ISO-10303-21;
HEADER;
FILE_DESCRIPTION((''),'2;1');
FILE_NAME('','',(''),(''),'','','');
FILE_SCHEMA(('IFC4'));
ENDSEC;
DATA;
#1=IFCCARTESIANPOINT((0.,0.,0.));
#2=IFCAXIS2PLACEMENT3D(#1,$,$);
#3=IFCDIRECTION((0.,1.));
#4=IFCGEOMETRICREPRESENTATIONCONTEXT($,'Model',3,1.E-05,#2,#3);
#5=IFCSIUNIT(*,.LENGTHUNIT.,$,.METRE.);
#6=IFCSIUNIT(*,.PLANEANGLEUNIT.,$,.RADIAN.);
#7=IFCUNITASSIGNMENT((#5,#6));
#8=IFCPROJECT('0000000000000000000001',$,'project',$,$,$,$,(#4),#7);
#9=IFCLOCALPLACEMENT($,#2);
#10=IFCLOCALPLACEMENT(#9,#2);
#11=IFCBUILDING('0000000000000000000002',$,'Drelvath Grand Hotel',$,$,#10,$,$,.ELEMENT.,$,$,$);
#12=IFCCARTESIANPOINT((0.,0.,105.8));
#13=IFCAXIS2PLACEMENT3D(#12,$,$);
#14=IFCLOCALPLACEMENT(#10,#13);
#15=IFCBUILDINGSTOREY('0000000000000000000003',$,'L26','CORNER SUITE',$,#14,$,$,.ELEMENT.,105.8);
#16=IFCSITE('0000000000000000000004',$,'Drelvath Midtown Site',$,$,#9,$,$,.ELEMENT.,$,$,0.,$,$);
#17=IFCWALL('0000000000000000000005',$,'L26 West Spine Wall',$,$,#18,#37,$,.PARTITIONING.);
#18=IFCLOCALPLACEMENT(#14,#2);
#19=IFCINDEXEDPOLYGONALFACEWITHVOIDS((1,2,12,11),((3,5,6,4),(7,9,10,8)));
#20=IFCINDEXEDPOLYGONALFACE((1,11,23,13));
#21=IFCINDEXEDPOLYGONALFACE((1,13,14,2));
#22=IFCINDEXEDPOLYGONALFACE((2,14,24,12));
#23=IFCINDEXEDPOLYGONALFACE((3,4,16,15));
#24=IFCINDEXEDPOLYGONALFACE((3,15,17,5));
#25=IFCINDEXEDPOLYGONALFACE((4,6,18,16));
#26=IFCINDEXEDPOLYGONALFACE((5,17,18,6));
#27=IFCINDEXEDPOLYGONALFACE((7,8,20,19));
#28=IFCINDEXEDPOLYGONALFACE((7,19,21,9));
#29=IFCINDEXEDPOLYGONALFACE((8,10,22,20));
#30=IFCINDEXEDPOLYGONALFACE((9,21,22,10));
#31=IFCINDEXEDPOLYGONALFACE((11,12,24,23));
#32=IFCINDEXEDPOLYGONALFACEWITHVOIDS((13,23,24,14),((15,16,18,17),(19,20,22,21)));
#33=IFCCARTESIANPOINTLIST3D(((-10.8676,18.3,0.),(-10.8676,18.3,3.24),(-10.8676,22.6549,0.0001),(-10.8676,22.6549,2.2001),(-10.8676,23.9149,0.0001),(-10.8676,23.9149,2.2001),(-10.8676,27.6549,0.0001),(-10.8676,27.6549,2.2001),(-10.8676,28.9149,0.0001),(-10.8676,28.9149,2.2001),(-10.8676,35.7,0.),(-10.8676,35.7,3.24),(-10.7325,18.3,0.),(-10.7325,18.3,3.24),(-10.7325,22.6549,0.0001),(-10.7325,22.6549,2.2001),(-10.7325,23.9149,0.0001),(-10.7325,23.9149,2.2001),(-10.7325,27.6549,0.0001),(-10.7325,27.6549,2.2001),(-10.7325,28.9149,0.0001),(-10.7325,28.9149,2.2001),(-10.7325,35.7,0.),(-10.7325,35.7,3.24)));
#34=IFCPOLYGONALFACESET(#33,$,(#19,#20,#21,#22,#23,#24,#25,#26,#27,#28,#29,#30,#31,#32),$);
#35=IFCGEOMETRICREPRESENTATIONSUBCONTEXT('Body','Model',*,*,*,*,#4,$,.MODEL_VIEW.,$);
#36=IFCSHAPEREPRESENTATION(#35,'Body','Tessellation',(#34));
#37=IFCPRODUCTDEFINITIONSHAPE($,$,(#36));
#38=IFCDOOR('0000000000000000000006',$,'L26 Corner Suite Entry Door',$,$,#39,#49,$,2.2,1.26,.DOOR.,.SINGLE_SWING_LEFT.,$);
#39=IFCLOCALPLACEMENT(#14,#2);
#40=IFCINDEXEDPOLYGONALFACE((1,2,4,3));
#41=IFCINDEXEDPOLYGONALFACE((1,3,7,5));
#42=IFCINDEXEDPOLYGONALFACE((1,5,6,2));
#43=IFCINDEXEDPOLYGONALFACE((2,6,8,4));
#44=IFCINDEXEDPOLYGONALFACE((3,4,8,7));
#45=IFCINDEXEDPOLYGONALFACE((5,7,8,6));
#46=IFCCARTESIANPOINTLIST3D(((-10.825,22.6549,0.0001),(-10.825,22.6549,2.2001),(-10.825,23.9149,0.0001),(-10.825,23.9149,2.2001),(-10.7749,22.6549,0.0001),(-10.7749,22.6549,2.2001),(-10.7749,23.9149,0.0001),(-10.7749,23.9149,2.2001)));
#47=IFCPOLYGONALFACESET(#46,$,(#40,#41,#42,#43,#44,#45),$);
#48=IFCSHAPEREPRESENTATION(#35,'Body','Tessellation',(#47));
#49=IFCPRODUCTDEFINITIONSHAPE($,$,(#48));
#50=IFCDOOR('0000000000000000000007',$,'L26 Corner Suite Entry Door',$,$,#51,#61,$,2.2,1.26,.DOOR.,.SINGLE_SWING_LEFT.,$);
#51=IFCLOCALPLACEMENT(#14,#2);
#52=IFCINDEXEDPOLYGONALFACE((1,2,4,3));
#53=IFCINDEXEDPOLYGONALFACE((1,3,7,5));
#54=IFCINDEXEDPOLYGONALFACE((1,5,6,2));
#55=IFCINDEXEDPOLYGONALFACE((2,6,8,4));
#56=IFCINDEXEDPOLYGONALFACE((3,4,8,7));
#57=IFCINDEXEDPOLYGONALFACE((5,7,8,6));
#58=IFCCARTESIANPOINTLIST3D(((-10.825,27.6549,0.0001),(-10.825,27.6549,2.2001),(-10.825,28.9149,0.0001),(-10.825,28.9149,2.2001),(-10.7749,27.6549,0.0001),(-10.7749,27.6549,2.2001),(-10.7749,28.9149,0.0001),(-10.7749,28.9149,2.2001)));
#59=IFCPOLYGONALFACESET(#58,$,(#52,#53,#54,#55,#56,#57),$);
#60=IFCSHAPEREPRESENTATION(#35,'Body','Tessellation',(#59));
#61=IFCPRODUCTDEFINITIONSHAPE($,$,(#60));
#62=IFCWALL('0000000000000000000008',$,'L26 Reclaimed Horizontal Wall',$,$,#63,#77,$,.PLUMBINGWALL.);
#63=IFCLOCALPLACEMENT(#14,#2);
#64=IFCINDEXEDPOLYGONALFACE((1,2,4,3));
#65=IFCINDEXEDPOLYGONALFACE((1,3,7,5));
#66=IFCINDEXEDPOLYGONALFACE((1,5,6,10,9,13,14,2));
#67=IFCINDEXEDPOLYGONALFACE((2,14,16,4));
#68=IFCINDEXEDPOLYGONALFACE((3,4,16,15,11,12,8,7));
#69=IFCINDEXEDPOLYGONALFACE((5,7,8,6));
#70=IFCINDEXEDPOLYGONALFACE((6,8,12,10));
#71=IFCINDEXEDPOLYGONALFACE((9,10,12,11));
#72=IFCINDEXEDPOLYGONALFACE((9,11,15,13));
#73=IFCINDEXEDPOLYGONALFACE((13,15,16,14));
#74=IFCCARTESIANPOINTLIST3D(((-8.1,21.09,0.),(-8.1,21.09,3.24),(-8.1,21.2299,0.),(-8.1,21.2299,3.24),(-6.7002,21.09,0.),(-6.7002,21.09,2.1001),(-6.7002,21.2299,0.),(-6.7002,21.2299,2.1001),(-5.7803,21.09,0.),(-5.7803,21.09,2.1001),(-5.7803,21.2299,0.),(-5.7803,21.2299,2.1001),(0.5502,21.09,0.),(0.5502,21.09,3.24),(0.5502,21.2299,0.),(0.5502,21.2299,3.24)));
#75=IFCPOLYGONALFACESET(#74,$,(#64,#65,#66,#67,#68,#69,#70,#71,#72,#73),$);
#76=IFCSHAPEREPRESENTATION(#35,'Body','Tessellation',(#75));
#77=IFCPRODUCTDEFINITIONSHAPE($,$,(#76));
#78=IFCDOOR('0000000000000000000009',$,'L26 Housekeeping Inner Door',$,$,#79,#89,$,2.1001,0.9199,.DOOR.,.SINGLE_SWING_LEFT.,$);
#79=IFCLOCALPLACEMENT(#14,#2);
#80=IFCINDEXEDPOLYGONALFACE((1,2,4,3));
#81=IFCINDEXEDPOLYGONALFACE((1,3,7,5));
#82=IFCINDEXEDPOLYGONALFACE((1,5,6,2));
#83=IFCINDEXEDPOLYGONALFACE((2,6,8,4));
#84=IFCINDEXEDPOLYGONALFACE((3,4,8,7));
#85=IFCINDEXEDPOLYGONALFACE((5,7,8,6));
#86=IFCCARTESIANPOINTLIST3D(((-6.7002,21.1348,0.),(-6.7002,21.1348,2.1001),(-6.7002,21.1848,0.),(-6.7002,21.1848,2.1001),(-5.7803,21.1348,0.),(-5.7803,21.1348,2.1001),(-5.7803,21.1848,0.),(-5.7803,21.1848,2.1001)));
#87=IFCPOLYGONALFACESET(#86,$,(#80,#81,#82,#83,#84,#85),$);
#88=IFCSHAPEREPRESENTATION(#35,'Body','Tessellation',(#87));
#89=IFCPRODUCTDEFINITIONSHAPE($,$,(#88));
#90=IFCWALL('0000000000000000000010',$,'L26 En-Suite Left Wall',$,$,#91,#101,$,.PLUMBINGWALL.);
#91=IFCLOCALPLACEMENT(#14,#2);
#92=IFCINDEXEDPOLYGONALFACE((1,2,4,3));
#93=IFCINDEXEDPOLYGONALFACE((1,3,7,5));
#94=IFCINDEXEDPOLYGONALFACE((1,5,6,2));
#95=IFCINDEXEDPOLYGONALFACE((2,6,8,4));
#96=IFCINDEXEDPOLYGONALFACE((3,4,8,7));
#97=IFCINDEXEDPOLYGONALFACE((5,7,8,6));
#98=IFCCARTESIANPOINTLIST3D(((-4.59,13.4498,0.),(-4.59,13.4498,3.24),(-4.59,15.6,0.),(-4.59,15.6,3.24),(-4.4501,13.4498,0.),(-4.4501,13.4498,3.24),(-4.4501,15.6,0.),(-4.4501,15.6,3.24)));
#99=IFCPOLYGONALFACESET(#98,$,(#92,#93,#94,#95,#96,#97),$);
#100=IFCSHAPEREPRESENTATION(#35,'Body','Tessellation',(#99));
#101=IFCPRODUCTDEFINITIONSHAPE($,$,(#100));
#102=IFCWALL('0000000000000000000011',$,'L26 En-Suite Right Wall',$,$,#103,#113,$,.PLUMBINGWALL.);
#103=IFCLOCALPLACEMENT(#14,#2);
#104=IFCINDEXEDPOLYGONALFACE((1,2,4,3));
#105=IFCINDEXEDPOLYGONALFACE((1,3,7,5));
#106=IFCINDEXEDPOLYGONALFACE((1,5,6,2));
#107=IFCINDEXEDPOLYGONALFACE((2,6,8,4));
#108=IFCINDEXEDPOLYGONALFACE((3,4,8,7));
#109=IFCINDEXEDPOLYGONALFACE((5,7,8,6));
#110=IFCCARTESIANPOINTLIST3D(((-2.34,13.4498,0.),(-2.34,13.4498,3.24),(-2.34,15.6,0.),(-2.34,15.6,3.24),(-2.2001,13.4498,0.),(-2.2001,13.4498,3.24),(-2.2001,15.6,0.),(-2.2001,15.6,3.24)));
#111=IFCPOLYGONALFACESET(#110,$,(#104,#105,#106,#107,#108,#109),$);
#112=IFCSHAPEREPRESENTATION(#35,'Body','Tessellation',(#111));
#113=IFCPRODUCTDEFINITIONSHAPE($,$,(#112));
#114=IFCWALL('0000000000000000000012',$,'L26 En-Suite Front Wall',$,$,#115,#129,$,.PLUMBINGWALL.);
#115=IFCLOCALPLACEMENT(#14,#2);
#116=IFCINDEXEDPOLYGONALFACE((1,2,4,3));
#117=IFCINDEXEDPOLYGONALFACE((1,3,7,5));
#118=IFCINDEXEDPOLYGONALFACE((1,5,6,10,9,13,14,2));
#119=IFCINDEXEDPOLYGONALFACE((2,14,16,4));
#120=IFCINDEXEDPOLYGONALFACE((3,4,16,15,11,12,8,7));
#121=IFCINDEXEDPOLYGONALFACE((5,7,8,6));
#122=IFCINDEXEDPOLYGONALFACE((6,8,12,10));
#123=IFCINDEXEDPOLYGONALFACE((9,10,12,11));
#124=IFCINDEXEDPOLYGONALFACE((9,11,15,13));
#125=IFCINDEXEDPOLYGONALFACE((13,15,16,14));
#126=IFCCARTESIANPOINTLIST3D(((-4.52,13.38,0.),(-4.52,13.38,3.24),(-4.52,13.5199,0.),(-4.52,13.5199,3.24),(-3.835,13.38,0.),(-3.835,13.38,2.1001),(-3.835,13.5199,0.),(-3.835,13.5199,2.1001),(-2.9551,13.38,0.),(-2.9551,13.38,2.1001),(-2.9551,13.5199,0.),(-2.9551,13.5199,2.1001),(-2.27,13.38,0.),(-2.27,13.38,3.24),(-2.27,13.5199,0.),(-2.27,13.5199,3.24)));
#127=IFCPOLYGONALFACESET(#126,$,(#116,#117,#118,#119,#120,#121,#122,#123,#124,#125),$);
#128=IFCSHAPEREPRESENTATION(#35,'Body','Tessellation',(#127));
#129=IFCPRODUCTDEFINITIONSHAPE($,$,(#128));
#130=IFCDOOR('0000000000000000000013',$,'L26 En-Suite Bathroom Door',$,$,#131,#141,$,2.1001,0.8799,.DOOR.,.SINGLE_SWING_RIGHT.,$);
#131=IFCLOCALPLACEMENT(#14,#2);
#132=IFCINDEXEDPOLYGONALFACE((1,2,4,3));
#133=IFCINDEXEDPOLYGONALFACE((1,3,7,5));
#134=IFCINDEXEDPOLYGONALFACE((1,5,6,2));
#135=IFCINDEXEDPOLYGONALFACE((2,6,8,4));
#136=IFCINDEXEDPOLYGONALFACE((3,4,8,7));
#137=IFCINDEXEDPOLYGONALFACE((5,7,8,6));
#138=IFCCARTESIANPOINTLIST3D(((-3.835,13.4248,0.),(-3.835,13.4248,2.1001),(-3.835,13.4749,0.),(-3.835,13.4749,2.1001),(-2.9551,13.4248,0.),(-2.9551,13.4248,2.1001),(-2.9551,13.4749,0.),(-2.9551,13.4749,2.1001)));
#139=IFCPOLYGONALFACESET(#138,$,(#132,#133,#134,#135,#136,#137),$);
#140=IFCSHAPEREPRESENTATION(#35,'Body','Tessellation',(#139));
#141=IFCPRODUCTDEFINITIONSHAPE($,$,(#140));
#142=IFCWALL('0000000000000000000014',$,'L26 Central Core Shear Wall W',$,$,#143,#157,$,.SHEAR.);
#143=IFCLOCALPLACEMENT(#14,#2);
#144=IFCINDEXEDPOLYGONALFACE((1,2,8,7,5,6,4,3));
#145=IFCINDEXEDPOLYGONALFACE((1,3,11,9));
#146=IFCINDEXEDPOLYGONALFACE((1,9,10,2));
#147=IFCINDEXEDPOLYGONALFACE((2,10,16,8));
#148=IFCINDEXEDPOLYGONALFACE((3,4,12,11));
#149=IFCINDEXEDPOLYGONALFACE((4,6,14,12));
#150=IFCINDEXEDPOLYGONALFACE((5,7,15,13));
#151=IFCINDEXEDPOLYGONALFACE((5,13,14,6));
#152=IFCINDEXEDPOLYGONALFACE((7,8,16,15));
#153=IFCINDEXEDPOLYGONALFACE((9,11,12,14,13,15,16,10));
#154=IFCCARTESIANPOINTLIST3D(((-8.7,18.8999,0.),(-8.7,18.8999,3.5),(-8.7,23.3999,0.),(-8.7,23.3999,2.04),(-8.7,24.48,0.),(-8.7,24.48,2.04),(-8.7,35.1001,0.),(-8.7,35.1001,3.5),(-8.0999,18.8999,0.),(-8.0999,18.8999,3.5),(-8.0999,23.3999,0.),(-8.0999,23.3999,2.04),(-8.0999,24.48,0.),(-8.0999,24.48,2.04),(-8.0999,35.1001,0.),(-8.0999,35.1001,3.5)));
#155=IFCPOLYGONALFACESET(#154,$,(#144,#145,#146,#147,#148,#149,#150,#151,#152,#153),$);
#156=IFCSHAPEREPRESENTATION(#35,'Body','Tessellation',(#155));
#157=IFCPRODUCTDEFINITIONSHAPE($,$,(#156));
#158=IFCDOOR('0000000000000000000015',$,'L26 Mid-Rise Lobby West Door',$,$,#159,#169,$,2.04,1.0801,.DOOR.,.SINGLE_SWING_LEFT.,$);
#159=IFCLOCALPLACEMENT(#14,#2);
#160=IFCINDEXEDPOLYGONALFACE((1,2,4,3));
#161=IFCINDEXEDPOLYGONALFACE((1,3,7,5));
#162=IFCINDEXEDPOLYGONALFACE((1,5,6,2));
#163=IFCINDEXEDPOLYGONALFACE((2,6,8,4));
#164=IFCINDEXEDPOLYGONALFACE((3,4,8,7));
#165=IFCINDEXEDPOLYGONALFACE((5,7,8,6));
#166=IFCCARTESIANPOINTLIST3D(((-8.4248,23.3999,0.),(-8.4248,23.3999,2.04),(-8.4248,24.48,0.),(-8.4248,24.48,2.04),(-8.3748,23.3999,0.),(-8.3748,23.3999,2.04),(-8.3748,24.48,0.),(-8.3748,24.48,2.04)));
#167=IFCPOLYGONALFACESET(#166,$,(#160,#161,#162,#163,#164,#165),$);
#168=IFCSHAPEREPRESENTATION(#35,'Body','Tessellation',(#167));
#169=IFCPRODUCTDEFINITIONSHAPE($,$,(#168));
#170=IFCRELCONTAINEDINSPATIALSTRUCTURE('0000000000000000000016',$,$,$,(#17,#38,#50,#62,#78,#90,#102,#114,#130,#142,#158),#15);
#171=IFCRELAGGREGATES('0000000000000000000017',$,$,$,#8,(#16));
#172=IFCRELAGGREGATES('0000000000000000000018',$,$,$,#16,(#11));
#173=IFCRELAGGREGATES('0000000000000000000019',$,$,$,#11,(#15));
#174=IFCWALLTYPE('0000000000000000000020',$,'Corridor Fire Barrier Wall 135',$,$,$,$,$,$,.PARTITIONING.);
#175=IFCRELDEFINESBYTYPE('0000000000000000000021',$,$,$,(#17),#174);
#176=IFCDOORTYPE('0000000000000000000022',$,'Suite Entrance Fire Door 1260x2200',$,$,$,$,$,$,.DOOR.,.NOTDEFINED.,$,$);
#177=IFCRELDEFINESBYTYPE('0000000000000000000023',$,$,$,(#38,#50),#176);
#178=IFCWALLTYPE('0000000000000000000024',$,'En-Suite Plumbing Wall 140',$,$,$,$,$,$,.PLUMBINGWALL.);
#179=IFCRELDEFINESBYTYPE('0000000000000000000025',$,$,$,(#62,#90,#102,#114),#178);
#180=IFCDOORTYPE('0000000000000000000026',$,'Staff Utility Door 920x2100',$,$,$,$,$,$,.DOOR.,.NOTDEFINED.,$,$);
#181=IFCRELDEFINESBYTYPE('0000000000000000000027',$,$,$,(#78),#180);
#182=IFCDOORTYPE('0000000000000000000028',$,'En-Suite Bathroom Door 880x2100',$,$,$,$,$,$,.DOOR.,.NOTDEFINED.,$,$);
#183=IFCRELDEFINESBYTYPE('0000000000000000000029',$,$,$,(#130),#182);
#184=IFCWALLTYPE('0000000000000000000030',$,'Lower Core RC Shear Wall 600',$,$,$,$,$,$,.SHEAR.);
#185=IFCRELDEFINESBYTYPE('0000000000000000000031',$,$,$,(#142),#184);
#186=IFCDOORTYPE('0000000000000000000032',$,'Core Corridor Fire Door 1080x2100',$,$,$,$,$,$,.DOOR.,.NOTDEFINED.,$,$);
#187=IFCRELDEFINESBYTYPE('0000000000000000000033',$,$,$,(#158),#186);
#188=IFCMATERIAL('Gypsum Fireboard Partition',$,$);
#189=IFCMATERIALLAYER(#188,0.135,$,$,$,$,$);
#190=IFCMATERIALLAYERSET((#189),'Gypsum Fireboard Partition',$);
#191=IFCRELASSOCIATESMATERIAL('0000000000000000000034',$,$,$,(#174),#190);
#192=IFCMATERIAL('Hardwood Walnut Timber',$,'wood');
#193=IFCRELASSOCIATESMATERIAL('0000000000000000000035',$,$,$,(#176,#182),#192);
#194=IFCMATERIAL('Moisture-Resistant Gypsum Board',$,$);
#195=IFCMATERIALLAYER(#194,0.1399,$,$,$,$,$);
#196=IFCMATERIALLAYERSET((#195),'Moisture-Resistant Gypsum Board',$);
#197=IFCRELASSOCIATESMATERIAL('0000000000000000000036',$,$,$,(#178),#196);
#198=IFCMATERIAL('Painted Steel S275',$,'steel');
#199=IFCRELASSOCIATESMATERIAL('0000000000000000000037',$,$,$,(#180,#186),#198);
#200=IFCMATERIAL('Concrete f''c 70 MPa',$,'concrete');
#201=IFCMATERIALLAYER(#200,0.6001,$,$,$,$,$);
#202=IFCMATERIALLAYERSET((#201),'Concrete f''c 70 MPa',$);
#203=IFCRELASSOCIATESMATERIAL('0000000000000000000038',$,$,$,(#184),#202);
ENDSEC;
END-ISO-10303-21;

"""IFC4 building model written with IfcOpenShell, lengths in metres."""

from ifc_helpers import new_model, si_unit, direction, frame, frame_2d, origin, place, context, subcontext, project, spatial, rectangle, extrude, material, layer, layer_set, type_object, element, fill, save


model = new_model("IFC4")

# Units and contexts
model_context = context("Model", 3, precision=1e-05, world=origin(), true_north=direction((0.0, 1.0)))
body_context = subcontext(model_context, "Body", "Model", "MODEL_VIEW")
ifc_project = project(units=[si_unit("LENGTHUNIT", "METRE"), si_unit("PLANEANGLEUNIT", "RADIAN")], contexts=[model_context])

# Site, building, storey
site_placement = place(None, origin())
site = spatial("IfcSite", under=ifc_project, at=site_placement, Name="Drelvath Midtown Site", CompositionType="ELEMENT", RefElevation=0.0)
building_placement = place(site_placement, origin())
building = spatial("IfcBuilding", under=site, at=building_placement, Name="Drelvath Grand Hotel", CompositionType="ELEMENT")
storey_placement = place(building_placement, frame((0.0, 0.0, 105.8)))
storey = spatial("IfcBuildingStorey", under=building, at=storey_placement, Name="L26", Description="CORNER SUITE", CompositionType="ELEMENT", Elevation=105.8)

# Shared definitions
ifc_material_1 = material(Name="Gypsum Fireboard Partition")
ifc_layer_1 = layer(ifc_material_1, 0.135)
ifc_layer_set_1 = layer_set([ifc_layer_1], Name="Gypsum Fireboard Partition")
wall_type_1 = type_object("IfcWallType", Name="Corridor Fire Barrier Wall 135", PredefinedType="PARTITIONING", material=ifc_layer_set_1)

# Wall, openings, doors
ifc_material_2 = material(Name="Hardwood Walnut Timber", Category="wood")
door_type_1 = type_object("IfcDoorType", Name="Suite Entrance Fire Door 1260x2200", OperationType="NOTDEFINED", PredefinedType="DOOR", material=ifc_material_2)
wall_1_placement = place(storey_placement, frame((-10.8, 18.3, 0.0), z_axis=(0.0, 0.0, 1.0), x_axis=(0.0, 1.0, 0.0)))
wall_1 = element("IfcWall", 1, at=wall_1_placement, inside=storey, type_object=wall_type_1, Name="L26 West Spine Wall", PredefinedType="PARTITIONING", context=body_context, shape_type="SweptSolid", body=[
    extrude(rectangle(XDim=17.3999, YDim=0.135, at=frame_2d((8.7, 0.0))), origin(), (0.0, 0.0, 1.0), 3.24),
])
opening_1_placement = place(wall_1_placement, frame((4.355, 0.0, 0.0)))
opening_1 = element("IfcOpeningElement", 2, at=opening_1_placement, cuts=wall_1, PredefinedType="OPENING", context=body_context, shape_type="SweptSolid", body=[
    extrude(rectangle(XDim=1.26, YDim=2.2, at=frame_2d((0.6299, 1.1001))), frame((0.0, 0.0774, 0.0), z_axis=(0.0, -1.0, 0.0), x_axis=(1.0, 0.0, 0.0)), (0.0, 0.0, 1.0), 0.155),
])
opening_2_placement = place(wall_1_placement, frame((9.355, 0.0, 0.0)))
opening_2 = element("IfcOpeningElement", 3, at=opening_2_placement, cuts=wall_1, PredefinedType="OPENING", context=body_context, shape_type="SweptSolid", body=[
    extrude(rectangle(XDim=1.26, YDim=2.2, at=frame_2d((0.6299, 1.1001))), frame((0.0, 0.0774, 0.0), z_axis=(0.0, -1.0, 0.0), x_axis=(1.0, 0.0, 0.0)), (0.0, 0.0, 1.0), 0.155),
])
door_1_placement = place(opening_1_placement, origin())
door_1 = element("IfcDoor", 4, at=door_1_placement, inside=storey, type_object=door_type_1, Name="L26 Corner Suite Entry Door", OperationType="SINGLE_SWING_LEFT", OverallHeight=2.2, OverallWidth=1.26, PredefinedType="DOOR", context=body_context, shape_type="SweptSolid", body=[
    extrude(rectangle(XDim=1.26, YDim=2.2, at=frame_2d((0.6299, 1.1001))), frame((0.0, 0.0249, 0.0), z_axis=(0.0, -1.0, 0.0), x_axis=(1.0, 0.0, 0.0)), (0.0, 0.0, 1.0), 0.05),
])
fill(opening_1, door_1)
door_2_placement = place(opening_2_placement, origin())
door_2 = element("IfcDoor", 5, at=door_2_placement, inside=storey, type_object=door_type_1, Name="L26 Corner Suite Entry Door", OperationType="SINGLE_SWING_LEFT", OverallHeight=2.2, OverallWidth=1.26, PredefinedType="DOOR", context=body_context, shape_type="SweptSolid", body=[
    extrude(rectangle(XDim=1.26, YDim=2.2, at=frame_2d((0.6299, 1.1001))), frame((0.0, 0.0249, 0.0), z_axis=(0.0, -1.0, 0.0), x_axis=(1.0, 0.0, 0.0)), (0.0, 0.0, 1.0), 0.05),
])
fill(opening_2, door_2)

# Wall, opening, door
ifc_material_3 = material(Name="Moisture-Resistant Gypsum Board")
ifc_layer_2 = layer(ifc_material_3, 0.1399)
ifc_layer_set_2 = layer_set([ifc_layer_2], Name="Moisture-Resistant Gypsum Board")
wall_type_2 = type_object("IfcWallType", Name="En-Suite Plumbing Wall 140", PredefinedType="PLUMBINGWALL", material=ifc_layer_set_2)
wall_2_placement = place(storey_placement, frame((-8.1001, 21.1599, 0.0), z_axis=(0.0, 0.0, 1.0), x_axis=(1.0, 0.0, 0.0)))
wall_2 = element("IfcWall", 6, at=wall_2_placement, inside=storey, type_object=wall_type_2, Name="L26 Reclaimed Horizontal Wall", PredefinedType="PLUMBINGWALL", context=body_context, shape_type="SweptSolid", body=[
    extrude(rectangle(XDim=8.6501, YDim=0.1399, at=frame_2d((4.3252, 0.0))), origin(), (0.0, 0.0, 1.0), 3.24),
])
opening_3_placement = place(wall_2_placement, frame((1.3999, 0.0, 0.0)))
opening_3 = element("IfcOpeningElement", 7, at=opening_3_placement, cuts=wall_2, PredefinedType="OPENING", context=body_context, shape_type="SweptSolid", body=[
    extrude(rectangle(XDim=0.9199, YDim=2.1001, at=frame_2d((0.46, 1.05))), frame((0.0, 0.0798, 0.0), z_axis=(0.0, -1.0, 0.0), x_axis=(1.0, 0.0, 0.0)), (0.0, 0.0, 1.0), 0.1599),
])
ifc_material_4 = material(Name="Painted Steel S275", Category="steel")
door_type_2 = type_object("IfcDoorType", Name="Staff Utility Door 920x2100", OperationType="NOTDEFINED", PredefinedType="DOOR", material=ifc_material_4)
door_3_placement = place(opening_3_placement, origin())
door_3 = element("IfcDoor", 8, at=door_3_placement, inside=storey, type_object=door_type_2, Name="L26 Housekeeping Inner Door", OperationType="SINGLE_SWING_LEFT", OverallHeight=2.1001, OverallWidth=0.9199, PredefinedType="DOOR", context=body_context, shape_type="SweptSolid", body=[
    extrude(rectangle(XDim=0.9199, YDim=2.1001, at=frame_2d((0.46, 1.05))), frame((0.0, 0.0249, 0.0), z_axis=(0.0, -1.0, 0.0), x_axis=(1.0, 0.0, 0.0)), (0.0, 0.0, 1.0), 0.05),
])
fill(opening_3, door_3)

# Walls
for number, where, z_axis, x_axis, name in (
    (9, (-4.52, 15.6001, 0.0), (0.0, 0.0, 1.0), (0.0, -1.0, 0.0), "L26 En-Suite Left Wall"),
    (10, (-2.27, 15.6001, 0.0), (0.0, 0.0, 1.0), (0.0, -1.0, 0.0), "L26 En-Suite Right Wall"),
):
    element("IfcWall", number, at=place(storey_placement, frame(where, z_axis=z_axis, x_axis=x_axis)), inside=storey, type_object=wall_type_2, Name=name, PredefinedType="PLUMBINGWALL", context=body_context, shape_type="SweptSolid", body=[
        extrude(rectangle(XDim=2.1501, YDim=0.1399, at=frame_2d((1.0752, 0.0))), origin(), (0.0, 0.0, 1.0), 3.24),
    ])

# Walls, openings, doors
wall_3_placement = place(storey_placement, frame((-4.52, 13.45, 0.0), z_axis=(0.0, 0.0, 1.0), x_axis=(1.0, 0.0, 0.0)))
wall_3 = element("IfcWall", 11, at=wall_3_placement, inside=storey, type_object=wall_type_2, Name="L26 En-Suite Front Wall", PredefinedType="PLUMBINGWALL", context=body_context, shape_type="SweptSolid", body=[
    extrude(rectangle(XDim=2.25, YDim=0.1399, at=frame_2d((1.125, 0.0))), origin(), (0.0, 0.0, 1.0), 3.24),
])
opening_4_placement = place(wall_3_placement, frame((0.6851, 0.0, 0.0)))
opening_4 = element("IfcOpeningElement", 12, at=opening_4_placement, cuts=wall_3, PredefinedType="OPENING", context=body_context, shape_type="SweptSolid", body=[
    extrude(rectangle(XDim=0.8799, YDim=2.1001, at=frame_2d((0.4399, 1.05))), frame((0.0, 0.0798, 0.0), z_axis=(0.0, -1.0, 0.0), x_axis=(1.0, 0.0, 0.0)), (0.0, 0.0, 1.0), 0.1599),
])
door_type_3 = type_object("IfcDoorType", Name="En-Suite Bathroom Door 880x2100", OperationType="NOTDEFINED", PredefinedType="DOOR", material=ifc_material_2)
door_4_placement = place(opening_4_placement, origin())
door_4 = element("IfcDoor", 13, at=door_4_placement, inside=storey, type_object=door_type_3, Name="L26 En-Suite Bathroom Door", OperationType="SINGLE_SWING_RIGHT", OverallHeight=2.1001, OverallWidth=0.8799, PredefinedType="DOOR", context=body_context, shape_type="SweptSolid", body=[
    extrude(rectangle(XDim=0.8799, YDim=2.1001, at=frame_2d((0.4399, 1.05))), frame((0.0, 0.0249, 0.0), z_axis=(0.0, -1.0, 0.0), x_axis=(1.0, 0.0, 0.0)), (0.0, 0.0, 1.0), 0.05),
])
fill(opening_4, door_4)
ifc_material_5 = material(Name="Concrete f'c 70 MPa", Category="concrete")
ifc_layer_3 = layer(ifc_material_5, 0.6001)
ifc_layer_set_3 = layer_set([ifc_layer_3], Name="Concrete f'c 70 MPa")
wall_type_3 = type_object("IfcWallType", Name="Lower Core RC Shear Wall 600", PredefinedType="SHEAR", material=ifc_layer_set_3)
wall_4_placement = place(storey_placement, frame((-8.3999, 18.8999, 0.0), z_axis=(0.0, 0.0, 1.0), x_axis=(0.0, 1.0, 0.0)))
wall_4 = element("IfcWall", 14, at=wall_4_placement, inside=storey, type_object=wall_type_3, Name="L26 Central Core Shear Wall W", PredefinedType="SHEAR", context=body_context, shape_type="SweptSolid", body=[
    extrude(rectangle(XDim=16.2002, YDim=0.6001, at=frame_2d((8.1001, 0.0))), origin(), (0.0, 0.0, 1.0), 3.5),
])
opening_5_placement = place(wall_4_placement, frame((4.5, 0.0, 0.0)))
opening_5 = element("IfcOpeningElement", 15, at=opening_5_placement, cuts=wall_4, PredefinedType="OPENING", context=body_context, shape_type="SweptSolid", body=[
    extrude(rectangle(XDim=1.0801, YDim=2.04, at=frame_2d((0.54, 1.02))), frame((0.0, 0.3101, 0.0), z_axis=(0.0, -1.0, 0.0), x_axis=(1.0, 0.0, 0.0)), (0.0, 0.0, 1.0), 0.6201),
])
door_type_4 = type_object("IfcDoorType", Name="Core Corridor Fire Door 1080x2100", OperationType="NOTDEFINED", PredefinedType="DOOR", material=ifc_material_4)
door_5_placement = place(opening_5_placement, origin())
door_5 = element("IfcDoor", 16, at=door_5_placement, inside=storey, type_object=door_type_4, Name="L26 Mid-Rise Lobby West Door", OperationType="SINGLE_SWING_LEFT", OverallHeight=2.04, OverallWidth=1.0801, PredefinedType="DOOR", context=body_context, shape_type="SweptSolid", body=[
    extrude(rectangle(XDim=1.0801, YDim=2.04, at=frame_2d((0.54, 1.02))), frame((0.0, 0.0249, 0.0), z_axis=(0.0, -1.0, 0.0), x_axis=(1.0, 0.0, 0.0)), (0.0, 0.0, 1.0), 0.05),
])
fill(opening_5, door_5)

save(model, "model.ifc")
